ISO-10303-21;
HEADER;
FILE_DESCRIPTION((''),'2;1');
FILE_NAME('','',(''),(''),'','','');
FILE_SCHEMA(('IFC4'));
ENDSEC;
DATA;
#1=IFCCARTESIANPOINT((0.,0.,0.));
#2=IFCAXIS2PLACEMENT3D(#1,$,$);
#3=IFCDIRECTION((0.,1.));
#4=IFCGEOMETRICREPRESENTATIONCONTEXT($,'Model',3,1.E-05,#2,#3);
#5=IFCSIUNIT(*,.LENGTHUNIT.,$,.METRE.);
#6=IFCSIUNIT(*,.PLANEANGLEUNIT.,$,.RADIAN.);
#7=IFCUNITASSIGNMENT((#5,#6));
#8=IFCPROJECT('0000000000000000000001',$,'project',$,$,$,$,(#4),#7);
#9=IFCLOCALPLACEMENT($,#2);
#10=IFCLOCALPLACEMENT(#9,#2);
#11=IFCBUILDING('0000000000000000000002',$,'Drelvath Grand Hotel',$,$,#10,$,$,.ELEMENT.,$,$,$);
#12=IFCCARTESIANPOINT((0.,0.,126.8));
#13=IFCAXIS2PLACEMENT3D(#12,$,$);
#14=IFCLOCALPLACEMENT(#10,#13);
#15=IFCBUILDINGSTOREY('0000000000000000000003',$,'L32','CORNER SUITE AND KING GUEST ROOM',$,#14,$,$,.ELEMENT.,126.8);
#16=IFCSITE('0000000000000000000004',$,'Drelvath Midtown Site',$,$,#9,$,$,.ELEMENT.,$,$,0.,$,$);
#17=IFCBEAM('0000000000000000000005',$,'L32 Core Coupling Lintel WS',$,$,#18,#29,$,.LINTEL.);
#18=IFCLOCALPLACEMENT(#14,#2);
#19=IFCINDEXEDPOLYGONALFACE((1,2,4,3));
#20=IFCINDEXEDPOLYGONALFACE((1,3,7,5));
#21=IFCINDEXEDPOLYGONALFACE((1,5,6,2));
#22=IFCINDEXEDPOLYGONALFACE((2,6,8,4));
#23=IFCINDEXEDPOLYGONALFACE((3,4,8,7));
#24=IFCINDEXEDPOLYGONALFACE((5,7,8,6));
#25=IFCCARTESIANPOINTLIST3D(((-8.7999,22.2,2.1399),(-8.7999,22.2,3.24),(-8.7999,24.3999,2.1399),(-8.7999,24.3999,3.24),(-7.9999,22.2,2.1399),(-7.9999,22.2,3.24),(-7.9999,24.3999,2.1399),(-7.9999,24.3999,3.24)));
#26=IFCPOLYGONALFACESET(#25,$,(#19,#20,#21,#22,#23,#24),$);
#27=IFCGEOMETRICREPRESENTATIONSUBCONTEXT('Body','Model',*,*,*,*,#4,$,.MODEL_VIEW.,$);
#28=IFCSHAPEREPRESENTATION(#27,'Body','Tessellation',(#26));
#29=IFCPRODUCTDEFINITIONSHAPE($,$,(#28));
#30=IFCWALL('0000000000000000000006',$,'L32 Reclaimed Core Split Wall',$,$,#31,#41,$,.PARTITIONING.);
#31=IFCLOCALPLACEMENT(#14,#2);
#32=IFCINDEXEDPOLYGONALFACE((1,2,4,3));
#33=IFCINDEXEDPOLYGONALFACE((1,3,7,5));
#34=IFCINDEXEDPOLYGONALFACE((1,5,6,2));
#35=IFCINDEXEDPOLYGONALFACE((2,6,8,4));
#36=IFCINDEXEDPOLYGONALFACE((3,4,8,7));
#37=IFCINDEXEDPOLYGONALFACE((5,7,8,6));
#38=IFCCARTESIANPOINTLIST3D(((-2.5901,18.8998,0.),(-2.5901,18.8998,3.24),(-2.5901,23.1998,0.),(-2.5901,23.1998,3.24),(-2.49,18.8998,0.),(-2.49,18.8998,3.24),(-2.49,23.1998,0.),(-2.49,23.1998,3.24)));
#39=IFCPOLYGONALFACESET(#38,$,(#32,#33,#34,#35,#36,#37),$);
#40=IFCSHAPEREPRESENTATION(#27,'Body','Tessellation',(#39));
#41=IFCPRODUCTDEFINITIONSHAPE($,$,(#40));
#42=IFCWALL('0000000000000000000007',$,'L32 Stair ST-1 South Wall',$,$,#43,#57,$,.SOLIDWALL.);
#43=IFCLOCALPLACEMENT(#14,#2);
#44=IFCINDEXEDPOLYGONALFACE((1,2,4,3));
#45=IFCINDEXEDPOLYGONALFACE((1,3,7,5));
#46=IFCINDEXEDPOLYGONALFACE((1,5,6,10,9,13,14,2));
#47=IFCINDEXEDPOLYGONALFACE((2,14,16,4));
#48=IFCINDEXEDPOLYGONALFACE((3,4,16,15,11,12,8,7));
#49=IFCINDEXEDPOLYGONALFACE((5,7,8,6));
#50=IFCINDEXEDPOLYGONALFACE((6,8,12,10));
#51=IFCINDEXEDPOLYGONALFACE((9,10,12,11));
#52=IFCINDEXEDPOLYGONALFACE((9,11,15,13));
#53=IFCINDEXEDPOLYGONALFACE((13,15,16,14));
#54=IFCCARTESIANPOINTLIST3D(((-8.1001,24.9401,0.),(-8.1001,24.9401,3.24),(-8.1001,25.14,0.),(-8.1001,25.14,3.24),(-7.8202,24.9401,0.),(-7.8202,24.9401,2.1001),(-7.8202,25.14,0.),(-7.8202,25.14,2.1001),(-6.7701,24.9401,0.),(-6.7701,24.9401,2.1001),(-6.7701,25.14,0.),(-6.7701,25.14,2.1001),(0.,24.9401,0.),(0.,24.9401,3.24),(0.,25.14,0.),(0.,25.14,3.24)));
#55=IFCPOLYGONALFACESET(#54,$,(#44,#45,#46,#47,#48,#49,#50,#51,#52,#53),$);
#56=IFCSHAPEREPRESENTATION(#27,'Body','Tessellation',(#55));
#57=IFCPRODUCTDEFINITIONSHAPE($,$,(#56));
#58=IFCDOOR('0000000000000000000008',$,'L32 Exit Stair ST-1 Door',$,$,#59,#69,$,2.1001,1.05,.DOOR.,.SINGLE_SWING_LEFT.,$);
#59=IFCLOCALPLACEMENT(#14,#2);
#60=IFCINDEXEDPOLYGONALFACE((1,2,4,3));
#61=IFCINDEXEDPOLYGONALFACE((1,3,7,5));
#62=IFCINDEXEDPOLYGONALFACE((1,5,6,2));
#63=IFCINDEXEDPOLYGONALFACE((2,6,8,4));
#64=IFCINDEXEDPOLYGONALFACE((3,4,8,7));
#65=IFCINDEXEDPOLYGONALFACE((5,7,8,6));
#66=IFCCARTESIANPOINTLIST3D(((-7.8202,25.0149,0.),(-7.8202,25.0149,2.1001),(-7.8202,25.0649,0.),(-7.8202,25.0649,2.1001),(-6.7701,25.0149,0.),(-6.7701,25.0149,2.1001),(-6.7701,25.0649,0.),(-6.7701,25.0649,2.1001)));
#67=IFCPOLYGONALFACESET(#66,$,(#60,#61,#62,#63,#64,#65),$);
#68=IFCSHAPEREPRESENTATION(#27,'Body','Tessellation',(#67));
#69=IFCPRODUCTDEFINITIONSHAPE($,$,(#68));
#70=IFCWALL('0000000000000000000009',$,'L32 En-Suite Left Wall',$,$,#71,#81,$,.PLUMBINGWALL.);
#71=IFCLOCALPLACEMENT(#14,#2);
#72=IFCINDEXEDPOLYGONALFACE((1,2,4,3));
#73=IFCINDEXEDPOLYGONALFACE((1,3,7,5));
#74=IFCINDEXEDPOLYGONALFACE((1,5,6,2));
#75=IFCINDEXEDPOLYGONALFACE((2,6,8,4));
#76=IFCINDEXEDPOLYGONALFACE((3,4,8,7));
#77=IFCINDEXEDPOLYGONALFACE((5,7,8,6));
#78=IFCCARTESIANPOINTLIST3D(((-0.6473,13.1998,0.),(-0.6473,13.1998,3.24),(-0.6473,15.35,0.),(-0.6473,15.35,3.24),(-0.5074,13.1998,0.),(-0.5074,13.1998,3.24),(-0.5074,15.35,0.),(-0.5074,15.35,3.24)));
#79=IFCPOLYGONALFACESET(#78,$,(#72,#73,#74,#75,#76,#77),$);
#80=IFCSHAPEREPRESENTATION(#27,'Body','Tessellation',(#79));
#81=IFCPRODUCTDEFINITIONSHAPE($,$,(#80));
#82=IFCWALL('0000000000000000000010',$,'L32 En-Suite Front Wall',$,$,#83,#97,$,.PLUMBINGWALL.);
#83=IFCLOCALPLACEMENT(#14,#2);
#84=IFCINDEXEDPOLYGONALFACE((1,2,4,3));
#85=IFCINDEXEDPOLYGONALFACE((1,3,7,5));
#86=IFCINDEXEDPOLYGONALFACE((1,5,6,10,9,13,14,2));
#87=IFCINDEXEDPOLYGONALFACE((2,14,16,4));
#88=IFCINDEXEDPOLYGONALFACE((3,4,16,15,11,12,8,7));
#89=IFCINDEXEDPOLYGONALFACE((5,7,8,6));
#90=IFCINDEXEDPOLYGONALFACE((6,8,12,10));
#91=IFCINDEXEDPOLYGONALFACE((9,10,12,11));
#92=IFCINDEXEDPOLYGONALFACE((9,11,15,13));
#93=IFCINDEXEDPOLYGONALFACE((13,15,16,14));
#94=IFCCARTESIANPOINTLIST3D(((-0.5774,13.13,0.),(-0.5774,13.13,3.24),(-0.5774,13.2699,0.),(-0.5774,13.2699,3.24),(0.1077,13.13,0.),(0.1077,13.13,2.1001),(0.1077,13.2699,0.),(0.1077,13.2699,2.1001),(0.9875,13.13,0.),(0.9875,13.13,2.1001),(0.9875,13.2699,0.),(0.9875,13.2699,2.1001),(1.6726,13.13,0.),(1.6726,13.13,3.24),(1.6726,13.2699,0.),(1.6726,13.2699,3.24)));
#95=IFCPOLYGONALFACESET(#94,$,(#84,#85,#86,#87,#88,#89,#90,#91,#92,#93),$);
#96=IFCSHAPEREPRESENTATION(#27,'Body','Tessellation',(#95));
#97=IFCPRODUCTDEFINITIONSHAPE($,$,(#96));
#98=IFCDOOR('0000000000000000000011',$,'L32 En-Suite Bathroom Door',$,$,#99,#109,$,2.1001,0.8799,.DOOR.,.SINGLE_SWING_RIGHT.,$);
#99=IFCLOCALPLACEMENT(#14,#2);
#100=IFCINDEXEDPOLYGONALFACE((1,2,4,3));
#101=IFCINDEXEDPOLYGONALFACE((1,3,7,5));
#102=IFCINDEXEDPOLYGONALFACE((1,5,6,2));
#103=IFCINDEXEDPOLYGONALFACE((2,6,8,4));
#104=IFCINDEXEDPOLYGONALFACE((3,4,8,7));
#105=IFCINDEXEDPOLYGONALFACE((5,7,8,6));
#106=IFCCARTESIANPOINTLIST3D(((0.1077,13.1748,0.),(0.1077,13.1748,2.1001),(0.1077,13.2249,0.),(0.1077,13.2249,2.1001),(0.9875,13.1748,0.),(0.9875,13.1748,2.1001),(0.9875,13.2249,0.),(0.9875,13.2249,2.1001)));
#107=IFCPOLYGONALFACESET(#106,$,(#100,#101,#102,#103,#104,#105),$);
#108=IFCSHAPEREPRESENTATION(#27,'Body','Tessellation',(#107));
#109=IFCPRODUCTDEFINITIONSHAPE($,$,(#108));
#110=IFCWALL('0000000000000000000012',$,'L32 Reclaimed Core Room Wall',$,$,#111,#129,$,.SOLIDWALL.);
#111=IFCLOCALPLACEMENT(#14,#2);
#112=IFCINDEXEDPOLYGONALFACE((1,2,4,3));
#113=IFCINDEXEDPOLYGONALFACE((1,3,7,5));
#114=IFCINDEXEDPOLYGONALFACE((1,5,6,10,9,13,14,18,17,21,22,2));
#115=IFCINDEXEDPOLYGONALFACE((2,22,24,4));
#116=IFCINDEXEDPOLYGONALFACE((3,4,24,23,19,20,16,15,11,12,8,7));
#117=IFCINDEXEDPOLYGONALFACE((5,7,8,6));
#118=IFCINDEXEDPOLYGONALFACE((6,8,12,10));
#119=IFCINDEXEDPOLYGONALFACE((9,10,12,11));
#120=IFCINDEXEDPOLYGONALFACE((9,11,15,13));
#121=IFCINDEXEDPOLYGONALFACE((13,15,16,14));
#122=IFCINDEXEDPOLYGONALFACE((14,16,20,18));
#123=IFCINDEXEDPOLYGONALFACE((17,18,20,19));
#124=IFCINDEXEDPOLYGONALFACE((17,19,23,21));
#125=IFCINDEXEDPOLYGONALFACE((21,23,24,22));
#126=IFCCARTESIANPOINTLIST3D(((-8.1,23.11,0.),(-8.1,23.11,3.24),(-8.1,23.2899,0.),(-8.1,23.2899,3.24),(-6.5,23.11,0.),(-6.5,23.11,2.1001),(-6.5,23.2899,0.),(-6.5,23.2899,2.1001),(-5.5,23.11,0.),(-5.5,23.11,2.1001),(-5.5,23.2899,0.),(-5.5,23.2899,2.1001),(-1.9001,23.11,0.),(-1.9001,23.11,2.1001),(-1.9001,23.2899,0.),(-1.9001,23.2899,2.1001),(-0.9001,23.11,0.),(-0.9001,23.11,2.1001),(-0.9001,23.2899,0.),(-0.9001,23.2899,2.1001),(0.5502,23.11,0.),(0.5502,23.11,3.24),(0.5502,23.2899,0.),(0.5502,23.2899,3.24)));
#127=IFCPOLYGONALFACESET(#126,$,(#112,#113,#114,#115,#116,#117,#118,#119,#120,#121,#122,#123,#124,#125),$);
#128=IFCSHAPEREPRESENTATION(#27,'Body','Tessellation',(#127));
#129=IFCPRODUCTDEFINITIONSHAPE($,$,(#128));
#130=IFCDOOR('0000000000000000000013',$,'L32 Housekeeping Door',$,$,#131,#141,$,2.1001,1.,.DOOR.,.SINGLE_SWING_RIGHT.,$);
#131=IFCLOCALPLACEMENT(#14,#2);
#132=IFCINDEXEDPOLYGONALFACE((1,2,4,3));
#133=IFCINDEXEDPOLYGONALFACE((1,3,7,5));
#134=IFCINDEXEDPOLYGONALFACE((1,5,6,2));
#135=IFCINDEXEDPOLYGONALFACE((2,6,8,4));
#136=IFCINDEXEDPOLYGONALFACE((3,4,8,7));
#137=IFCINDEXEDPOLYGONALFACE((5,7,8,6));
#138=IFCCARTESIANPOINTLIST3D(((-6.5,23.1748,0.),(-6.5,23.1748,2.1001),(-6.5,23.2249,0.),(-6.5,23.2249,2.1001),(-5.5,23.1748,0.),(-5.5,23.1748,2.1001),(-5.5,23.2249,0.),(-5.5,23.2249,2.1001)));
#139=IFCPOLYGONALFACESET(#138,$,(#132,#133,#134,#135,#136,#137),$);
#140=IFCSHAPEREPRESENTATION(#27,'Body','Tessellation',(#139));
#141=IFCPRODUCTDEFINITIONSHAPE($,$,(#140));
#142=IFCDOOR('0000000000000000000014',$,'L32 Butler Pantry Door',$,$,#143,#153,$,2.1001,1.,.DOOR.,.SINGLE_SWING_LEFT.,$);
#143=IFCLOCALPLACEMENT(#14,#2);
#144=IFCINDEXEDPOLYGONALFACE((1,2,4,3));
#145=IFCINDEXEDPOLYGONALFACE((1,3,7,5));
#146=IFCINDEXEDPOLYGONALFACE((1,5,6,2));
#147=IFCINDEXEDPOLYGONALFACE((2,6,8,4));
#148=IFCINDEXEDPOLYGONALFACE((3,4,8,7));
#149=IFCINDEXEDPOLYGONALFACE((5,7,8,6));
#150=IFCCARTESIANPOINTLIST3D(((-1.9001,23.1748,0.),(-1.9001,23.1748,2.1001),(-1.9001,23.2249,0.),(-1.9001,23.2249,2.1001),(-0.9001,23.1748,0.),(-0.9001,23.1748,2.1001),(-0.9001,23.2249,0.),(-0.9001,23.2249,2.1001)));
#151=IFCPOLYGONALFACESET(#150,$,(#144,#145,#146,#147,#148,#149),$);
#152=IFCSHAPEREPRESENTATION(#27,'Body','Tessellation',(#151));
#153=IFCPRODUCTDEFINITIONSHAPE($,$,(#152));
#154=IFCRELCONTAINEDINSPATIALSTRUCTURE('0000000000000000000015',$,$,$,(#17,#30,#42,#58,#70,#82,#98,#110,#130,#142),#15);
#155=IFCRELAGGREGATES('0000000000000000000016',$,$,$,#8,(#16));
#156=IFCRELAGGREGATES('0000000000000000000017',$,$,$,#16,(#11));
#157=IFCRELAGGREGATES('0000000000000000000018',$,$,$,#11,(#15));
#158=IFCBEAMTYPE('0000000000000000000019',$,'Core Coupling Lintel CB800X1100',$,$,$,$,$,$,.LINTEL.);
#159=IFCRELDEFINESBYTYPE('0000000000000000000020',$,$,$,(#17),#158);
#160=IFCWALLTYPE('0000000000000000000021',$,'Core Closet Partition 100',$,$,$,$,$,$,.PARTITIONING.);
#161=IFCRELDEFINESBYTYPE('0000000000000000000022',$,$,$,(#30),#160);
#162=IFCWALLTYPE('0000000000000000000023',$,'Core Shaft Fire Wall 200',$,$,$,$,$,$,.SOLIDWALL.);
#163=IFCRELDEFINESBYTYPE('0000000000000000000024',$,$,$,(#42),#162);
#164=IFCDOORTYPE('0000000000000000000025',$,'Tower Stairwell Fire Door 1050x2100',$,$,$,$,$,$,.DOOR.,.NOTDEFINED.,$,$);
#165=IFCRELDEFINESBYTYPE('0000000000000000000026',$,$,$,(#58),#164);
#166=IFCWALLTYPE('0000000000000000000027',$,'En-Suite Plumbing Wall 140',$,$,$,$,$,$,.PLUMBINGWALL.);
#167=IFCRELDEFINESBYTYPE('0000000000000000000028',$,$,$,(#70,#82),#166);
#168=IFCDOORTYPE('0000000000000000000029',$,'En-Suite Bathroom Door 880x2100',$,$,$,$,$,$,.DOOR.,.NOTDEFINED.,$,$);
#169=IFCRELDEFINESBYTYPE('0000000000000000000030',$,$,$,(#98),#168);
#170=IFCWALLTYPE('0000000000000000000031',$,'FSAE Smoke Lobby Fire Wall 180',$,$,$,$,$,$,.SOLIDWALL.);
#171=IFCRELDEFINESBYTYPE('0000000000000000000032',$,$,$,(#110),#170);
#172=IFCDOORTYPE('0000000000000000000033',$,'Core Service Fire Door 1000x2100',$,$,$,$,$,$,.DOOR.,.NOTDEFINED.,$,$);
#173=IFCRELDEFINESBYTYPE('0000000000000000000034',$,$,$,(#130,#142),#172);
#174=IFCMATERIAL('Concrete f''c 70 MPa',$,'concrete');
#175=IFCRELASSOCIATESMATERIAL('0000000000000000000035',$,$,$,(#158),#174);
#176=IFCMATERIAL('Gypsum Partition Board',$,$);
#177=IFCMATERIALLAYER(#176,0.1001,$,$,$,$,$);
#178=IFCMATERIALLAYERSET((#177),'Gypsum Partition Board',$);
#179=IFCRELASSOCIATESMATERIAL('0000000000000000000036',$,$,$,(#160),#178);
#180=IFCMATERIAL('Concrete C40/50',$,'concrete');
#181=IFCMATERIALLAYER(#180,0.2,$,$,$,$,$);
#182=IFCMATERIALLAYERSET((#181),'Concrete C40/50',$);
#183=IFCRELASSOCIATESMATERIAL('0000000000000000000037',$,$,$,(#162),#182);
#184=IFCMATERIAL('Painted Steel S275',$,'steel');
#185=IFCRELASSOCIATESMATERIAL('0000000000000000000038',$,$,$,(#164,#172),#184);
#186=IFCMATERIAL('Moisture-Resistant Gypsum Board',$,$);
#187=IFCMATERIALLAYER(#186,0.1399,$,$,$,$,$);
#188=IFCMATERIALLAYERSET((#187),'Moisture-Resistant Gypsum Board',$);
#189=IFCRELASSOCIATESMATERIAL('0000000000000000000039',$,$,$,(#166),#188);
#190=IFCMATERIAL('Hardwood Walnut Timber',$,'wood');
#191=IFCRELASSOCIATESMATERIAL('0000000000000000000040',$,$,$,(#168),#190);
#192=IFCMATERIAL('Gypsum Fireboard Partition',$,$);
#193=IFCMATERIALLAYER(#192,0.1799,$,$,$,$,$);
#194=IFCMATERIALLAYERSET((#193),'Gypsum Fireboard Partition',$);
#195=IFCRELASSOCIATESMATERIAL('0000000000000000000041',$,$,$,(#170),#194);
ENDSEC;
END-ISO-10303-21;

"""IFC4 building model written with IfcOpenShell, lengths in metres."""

from ifc_helpers import new_model, si_unit, direction, frame, frame_2d, origin, origin_2d, place, context, subcontext, project, spatial, rectangle, extrude, material, layer, layer_set, material_profile, profile_set, type_object, element, fill, save


model = new_model("IFC4")

# Units and contexts
model_context = context("Model", 3, precision=1e-05, world=origin(), true_north=direction((0.0, 1.0)))
body_context = subcontext(model_context, "Body", "Model", "MODEL_VIEW")
ifc_project = project(units=[si_unit("LENGTHUNIT", "METRE"), si_unit("PLANEANGLEUNIT", "RADIAN")], contexts=[model_context])

# Site, building, storey
site_placement = place(None, origin())
site = spatial("IfcSite", under=ifc_project, at=site_placement, Name="Drelvath Midtown Site", CompositionType="ELEMENT", RefElevation=0.0)
building_placement = place(site_placement, origin())
building = spatial("IfcBuilding", under=site, at=building_placement, Name="Drelvath Grand Hotel", CompositionType="ELEMENT")
storey_placement = place(building_placement, frame((0.0, 0.0, 126.8)))
storey = spatial("IfcBuildingStorey", under=building, at=storey_placement, Name="L32", Description="CORNER SUITE AND KING GUEST ROOM", CompositionType="ELEMENT", Elevation=126.8)

# Beam
ifc_material_1 = material(Name="Concrete f'c 70 MPa", Category="concrete")
ifc_material_profile = material_profile(ifc_material_1, rectangle(XDim=0.8, YDim=1.1001, at=origin_2d()), Name="CB800X1100")
ifc_profile_set = profile_set([ifc_material_profile], Name="Concrete f'c 70 MPa")
beam_type = type_object("IfcBeamType", Name="Core Coupling Lintel CB800X1100", PredefinedType="LINTEL", material=ifc_profile_set)
beam_placement = place(storey_placement, frame((-8.3999, 22.2, 2.6899), z_axis=(0.0, 1.0, 0.0), x_axis=(-1.0, 0.0, 0.0)))
element("IfcBeam", 1, at=beam_placement, inside=storey, type_object=beam_type, Name="L32 Core Coupling Lintel WS", PredefinedType="LINTEL", context=body_context, shape_type="SweptSolid", body=[
    extrude(rectangle(XDim=0.8, YDim=1.1001, at=origin_2d()), origin(), (0.0, 0.0, 1.0), 2.2),
])

# Wall
ifc_material_2 = material(Name="Gypsum Partition Board")
ifc_layer_1 = layer(ifc_material_2, 0.1001)
ifc_layer_set_1 = layer_set([ifc_layer_1], Name="Gypsum Partition Board")
wall_type_1 = type_object("IfcWallType", Name="Core Closet Partition 100", PredefinedType="PARTITIONING", material=ifc_layer_set_1)
wall_1_placement = place(storey_placement, frame((-2.54, 18.8999, 0.0), z_axis=(0.0, 0.0, 1.0), x_axis=(0.0, 1.0, 0.0)))
element("IfcWall", 2, at=wall_1_placement, inside=storey, type_object=wall_type_1, Name="L32 Reclaimed Core Split Wall", PredefinedType="PARTITIONING", context=body_context, shape_type="SweptSolid", body=[
    extrude(rectangle(XDim=4.3, YDim=0.1001, at=frame_2d((2.1499, 0.0))), origin(), (0.0, 0.0, 1.0), 3.24),
])

# Wall, opening, door
ifc_material_3 = material(Name="Concrete C40/50", Category="concrete")
ifc_layer_2 = layer(ifc_material_3, 0.2)
ifc_layer_set_2 = layer_set([ifc_layer_2], Name="Concrete C40/50")
wall_type_2 = type_object("IfcWallType", Name="Core Shaft Fire Wall 200", PredefinedType="SOLIDWALL", material=ifc_layer_set_2)
wall_2_placement = place(storey_placement, frame((-8.1001, 25.04, 0.0), z_axis=(0.0, 0.0, 1.0), x_axis=(1.0, 0.0, 0.0)))
wall_2 = element("IfcWall", 3, at=wall_2_placement, inside=storey, type_object=wall_type_2, Name="L32 Stair ST-1 South Wall", PredefinedType="SOLIDWALL", context=body_context, shape_type="SweptSolid", body=[
    extrude(rectangle(XDim=8.1001, YDim=0.2, at=frame_2d((4.05, 0.0))), origin(), (0.0, 0.0, 1.0), 3.24),
])
opening_1_placement = place(wall_2_placement, frame((0.28, 0.0, 0.0)))
opening_1 = element("IfcOpeningElement", 4, at=opening_1_placement, cuts=wall_2, PredefinedType="OPENING", context=body_context, shape_type="SweptSolid", body=[
    extrude(rectangle(XDim=1.05, YDim=2.1001, at=frame_2d((0.5249, 1.05))), frame((0.0, 0.1099, 0.0), z_axis=(0.0, -1.0, 0.0), x_axis=(1.0, 0.0, 0.0)), (0.0, 0.0, 1.0), 0.22),
])
ifc_material_4 = material(Name="Painted Steel S275", Category="steel")
door_type_1 = type_object("IfcDoorType", Name="Tower Stairwell Fire Door 1050x2100", OperationType="NOTDEFINED", PredefinedType="DOOR", material=ifc_material_4)
door_1_placement = place(opening_1_placement, origin())
door_1 = element("IfcDoor", 5, at=door_1_placement, inside=storey, type_object=door_type_1, Name="L32 Exit Stair ST-1 Door", OperationType="SINGLE_SWING_LEFT", OverallHeight=2.1001, OverallWidth=1.05, PredefinedType="DOOR", context=body_context, shape_type="SweptSolid", body=[
    extrude(rectangle(XDim=1.05, YDim=2.1001, at=frame_2d((0.5249, 1.05))), frame((0.0, 0.0249, 0.0), z_axis=(0.0, -1.0, 0.0), x_axis=(1.0, 0.0, 0.0)), (0.0, 0.0, 1.0), 0.05),
])
fill(opening_1, door_1)

# Wall
ifc_material_5 = material(Name="Moisture-Resistant Gypsum Board")
ifc_layer_3 = layer(ifc_material_5, 0.1399)
ifc_layer_set_3 = layer_set([ifc_layer_3], Name="Moisture-Resistant Gypsum Board")
wall_type_3 = type_object("IfcWallType", Name="En-Suite Plumbing Wall 140", PredefinedType="PLUMBINGWALL", material=ifc_layer_set_3)
wall_3_placement = place(storey_placement, frame((-0.5774, 15.3501, 0.0), z_axis=(0.0, 0.0, 1.0), x_axis=(0.0, -1.0, 0.0)))
element("IfcWall", 6, at=wall_3_placement, inside=storey, type_object=wall_type_3, Name="L32 En-Suite Left Wall", PredefinedType="PLUMBINGWALL", context=body_context, shape_type="SweptSolid", body=[
    extrude(rectangle(XDim=2.1501, YDim=0.1399, at=frame_2d((1.0752, 0.0))), origin(), (0.0, 0.0, 1.0), 3.24),
])

# Wall, opening, door
wall_4_placement = place(storey_placement, frame((-0.5774, 13.2, 0.0), z_axis=(0.0, 0.0, 1.0), x_axis=(1.0, 0.0, 0.0)))
wall_4 = element("IfcWall", 7, at=wall_4_placement, inside=storey, type_object=wall_type_3, Name="L32 En-Suite Front Wall", PredefinedType="PLUMBINGWALL", context=body_context, shape_type="SweptSolid", body=[
    extrude(rectangle(XDim=2.25, YDim=0.1399, at=frame_2d((1.125, 0.0))), origin(), (0.0, 0.0, 1.0), 3.24),
])
opening_2_placement = place(wall_4_placement, frame((0.6851, 0.0, 0.0)))
opening_2 = element("IfcOpeningElement", 8, at=opening_2_placement, cuts=wall_4, PredefinedType="OPENING", context=body_context, shape_type="SweptSolid", body=[
    extrude(rectangle(XDim=0.8799, YDim=2.1001, at=frame_2d((0.4399, 1.05))), frame((0.0, 0.0798, 0.0), z_axis=(0.0, -1.0, 0.0), x_axis=(1.0, 0.0, 0.0)), (0.0, 0.0, 1.0), 0.1599),
])
ifc_material_6 = material(Name="Hardwood Walnut Timber", Category="wood")
door_type_2 = type_object("IfcDoorType", Name="En-Suite Bathroom Door 880x2100", OperationType="NOTDEFINED", PredefinedType="DOOR", material=ifc_material_6)
door_2_placement = place(opening_2_placement, origin())
door_2 = element("IfcDoor", 9, at=door_2_placement, inside=storey, type_object=door_type_2, Name="L32 En-Suite Bathroom Door", OperationType="SINGLE_SWING_RIGHT", OverallHeight=2.1001, OverallWidth=0.8799, PredefinedType="DOOR", context=body_context, shape_type="SweptSolid", body=[
    extrude(rectangle(XDim=0.8799, YDim=2.1001, at=frame_2d((0.4399, 1.05))), frame((0.0, 0.0249, 0.0), z_axis=(0.0, -1.0, 0.0), x_axis=(1.0, 0.0, 0.0)), (0.0, 0.0, 1.0), 0.05),
])
fill(opening_2, door_2)

# Wall, openings, doors
ifc_material_7 = material(Name="Gypsum Fireboard Partition")
ifc_layer_4 = layer(ifc_material_7, 0.1799)
ifc_layer_set_4 = layer_set([ifc_layer_4], Name="Gypsum Fireboard Partition")
wall_type_4 = type_object("IfcWallType", Name="FSAE Smoke Lobby Fire Wall 180", PredefinedType="SOLIDWALL", material=ifc_layer_set_4)
wall_5_placement = place(storey_placement, frame((-8.1001, 23.2, 0.0), z_axis=(0.0, 0.0, 1.0), x_axis=(1.0, 0.0, 0.0)))
wall_5 = element("IfcWall", 10, at=wall_5_placement, inside=storey, type_object=wall_type_4, Name="L32 Reclaimed Core Room Wall", PredefinedType="SOLIDWALL", context=body_context, shape_type="SweptSolid", body=[
    extrude(rectangle(XDim=8.6501, YDim=0.1799, at=frame_2d((4.3252, 0.0))), origin(), (0.0, 0.0, 1.0), 3.24),
])
opening_3_placement = place(wall_5_placement, frame((1.6001, 0.0, 0.0)))
opening_3 = element("IfcOpeningElement", 11, at=opening_3_placement, cuts=wall_5, PredefinedType="OPENING", context=body_context, shape_type="SweptSolid", body=[
    extrude(rectangle(XDim=1.0, YDim=2.1001, at=frame_2d((0.5, 1.05))), frame((0.0, 0.0999, 0.0), z_axis=(0.0, -1.0, 0.0), x_axis=(1.0, 0.0, 0.0)), (0.0, 0.0, 1.0), 0.2),
])
opening_4_placement = place(wall_5_placement, frame((6.2, 0.0, 0.0)))
opening_4 = element("IfcOpeningElement", 12, at=opening_4_placement, cuts=wall_5, PredefinedType="OPENING", context=body_context, shape_type="SweptSolid", body=[
    extrude(rectangle(XDim=1.0, YDim=2.1001, at=frame_2d((0.5, 1.05))), frame((0.0, 0.0999, 0.0), z_axis=(0.0, -1.0, 0.0), x_axis=(1.0, 0.0, 0.0)), (0.0, 0.0, 1.0), 0.2),
])
door_type_3 = type_object("IfcDoorType", Name="Core Service Fire Door 1000x2100", OperationType="NOTDEFINED", PredefinedType="DOOR", material=ifc_material_4)
door_3_placement = place(opening_3_placement, origin())
door_3 = element("IfcDoor", 13, at=door_3_placement, inside=storey, type_object=door_type_3, Name="L32 Housekeeping Door", OperationType="SINGLE_SWING_RIGHT", OverallHeight=2.1001, OverallWidth=1.0, PredefinedType="DOOR", context=body_context, shape_type="SweptSolid", body=[
    extrude(rectangle(XDim=1.0, YDim=2.1001, at=frame_2d((0.5, 1.05))), frame((0.0, 0.0249, 0.0), z_axis=(0.0, -1.0, 0.0), x_axis=(1.0, 0.0, 0.0)), (0.0, 0.0, 1.0), 0.05),
])
fill(opening_3, door_3)
door_4_placement = place(opening_4_placement, origin())
door_4 = element("IfcDoor", 14, at=door_4_placement, inside=storey, type_object=door_type_3, Name="L32 Butler Pantry Door", OperationType="SINGLE_SWING_LEFT", OverallHeight=2.1001, OverallWidth=1.0, PredefinedType="DOOR", context=body_context, shape_type="SweptSolid", body=[
    extrude(rectangle(XDim=1.0, YDim=2.1001, at=frame_2d((0.5, 1.05))), frame((0.0, 0.0249, 0.0), z_axis=(0.0, -1.0, 0.0), x_axis=(1.0, 0.0, 0.0)), (0.0, 0.0, 1.0), 0.05),
])
fill(opening_4, door_4)

save(model, "model.ifc")
